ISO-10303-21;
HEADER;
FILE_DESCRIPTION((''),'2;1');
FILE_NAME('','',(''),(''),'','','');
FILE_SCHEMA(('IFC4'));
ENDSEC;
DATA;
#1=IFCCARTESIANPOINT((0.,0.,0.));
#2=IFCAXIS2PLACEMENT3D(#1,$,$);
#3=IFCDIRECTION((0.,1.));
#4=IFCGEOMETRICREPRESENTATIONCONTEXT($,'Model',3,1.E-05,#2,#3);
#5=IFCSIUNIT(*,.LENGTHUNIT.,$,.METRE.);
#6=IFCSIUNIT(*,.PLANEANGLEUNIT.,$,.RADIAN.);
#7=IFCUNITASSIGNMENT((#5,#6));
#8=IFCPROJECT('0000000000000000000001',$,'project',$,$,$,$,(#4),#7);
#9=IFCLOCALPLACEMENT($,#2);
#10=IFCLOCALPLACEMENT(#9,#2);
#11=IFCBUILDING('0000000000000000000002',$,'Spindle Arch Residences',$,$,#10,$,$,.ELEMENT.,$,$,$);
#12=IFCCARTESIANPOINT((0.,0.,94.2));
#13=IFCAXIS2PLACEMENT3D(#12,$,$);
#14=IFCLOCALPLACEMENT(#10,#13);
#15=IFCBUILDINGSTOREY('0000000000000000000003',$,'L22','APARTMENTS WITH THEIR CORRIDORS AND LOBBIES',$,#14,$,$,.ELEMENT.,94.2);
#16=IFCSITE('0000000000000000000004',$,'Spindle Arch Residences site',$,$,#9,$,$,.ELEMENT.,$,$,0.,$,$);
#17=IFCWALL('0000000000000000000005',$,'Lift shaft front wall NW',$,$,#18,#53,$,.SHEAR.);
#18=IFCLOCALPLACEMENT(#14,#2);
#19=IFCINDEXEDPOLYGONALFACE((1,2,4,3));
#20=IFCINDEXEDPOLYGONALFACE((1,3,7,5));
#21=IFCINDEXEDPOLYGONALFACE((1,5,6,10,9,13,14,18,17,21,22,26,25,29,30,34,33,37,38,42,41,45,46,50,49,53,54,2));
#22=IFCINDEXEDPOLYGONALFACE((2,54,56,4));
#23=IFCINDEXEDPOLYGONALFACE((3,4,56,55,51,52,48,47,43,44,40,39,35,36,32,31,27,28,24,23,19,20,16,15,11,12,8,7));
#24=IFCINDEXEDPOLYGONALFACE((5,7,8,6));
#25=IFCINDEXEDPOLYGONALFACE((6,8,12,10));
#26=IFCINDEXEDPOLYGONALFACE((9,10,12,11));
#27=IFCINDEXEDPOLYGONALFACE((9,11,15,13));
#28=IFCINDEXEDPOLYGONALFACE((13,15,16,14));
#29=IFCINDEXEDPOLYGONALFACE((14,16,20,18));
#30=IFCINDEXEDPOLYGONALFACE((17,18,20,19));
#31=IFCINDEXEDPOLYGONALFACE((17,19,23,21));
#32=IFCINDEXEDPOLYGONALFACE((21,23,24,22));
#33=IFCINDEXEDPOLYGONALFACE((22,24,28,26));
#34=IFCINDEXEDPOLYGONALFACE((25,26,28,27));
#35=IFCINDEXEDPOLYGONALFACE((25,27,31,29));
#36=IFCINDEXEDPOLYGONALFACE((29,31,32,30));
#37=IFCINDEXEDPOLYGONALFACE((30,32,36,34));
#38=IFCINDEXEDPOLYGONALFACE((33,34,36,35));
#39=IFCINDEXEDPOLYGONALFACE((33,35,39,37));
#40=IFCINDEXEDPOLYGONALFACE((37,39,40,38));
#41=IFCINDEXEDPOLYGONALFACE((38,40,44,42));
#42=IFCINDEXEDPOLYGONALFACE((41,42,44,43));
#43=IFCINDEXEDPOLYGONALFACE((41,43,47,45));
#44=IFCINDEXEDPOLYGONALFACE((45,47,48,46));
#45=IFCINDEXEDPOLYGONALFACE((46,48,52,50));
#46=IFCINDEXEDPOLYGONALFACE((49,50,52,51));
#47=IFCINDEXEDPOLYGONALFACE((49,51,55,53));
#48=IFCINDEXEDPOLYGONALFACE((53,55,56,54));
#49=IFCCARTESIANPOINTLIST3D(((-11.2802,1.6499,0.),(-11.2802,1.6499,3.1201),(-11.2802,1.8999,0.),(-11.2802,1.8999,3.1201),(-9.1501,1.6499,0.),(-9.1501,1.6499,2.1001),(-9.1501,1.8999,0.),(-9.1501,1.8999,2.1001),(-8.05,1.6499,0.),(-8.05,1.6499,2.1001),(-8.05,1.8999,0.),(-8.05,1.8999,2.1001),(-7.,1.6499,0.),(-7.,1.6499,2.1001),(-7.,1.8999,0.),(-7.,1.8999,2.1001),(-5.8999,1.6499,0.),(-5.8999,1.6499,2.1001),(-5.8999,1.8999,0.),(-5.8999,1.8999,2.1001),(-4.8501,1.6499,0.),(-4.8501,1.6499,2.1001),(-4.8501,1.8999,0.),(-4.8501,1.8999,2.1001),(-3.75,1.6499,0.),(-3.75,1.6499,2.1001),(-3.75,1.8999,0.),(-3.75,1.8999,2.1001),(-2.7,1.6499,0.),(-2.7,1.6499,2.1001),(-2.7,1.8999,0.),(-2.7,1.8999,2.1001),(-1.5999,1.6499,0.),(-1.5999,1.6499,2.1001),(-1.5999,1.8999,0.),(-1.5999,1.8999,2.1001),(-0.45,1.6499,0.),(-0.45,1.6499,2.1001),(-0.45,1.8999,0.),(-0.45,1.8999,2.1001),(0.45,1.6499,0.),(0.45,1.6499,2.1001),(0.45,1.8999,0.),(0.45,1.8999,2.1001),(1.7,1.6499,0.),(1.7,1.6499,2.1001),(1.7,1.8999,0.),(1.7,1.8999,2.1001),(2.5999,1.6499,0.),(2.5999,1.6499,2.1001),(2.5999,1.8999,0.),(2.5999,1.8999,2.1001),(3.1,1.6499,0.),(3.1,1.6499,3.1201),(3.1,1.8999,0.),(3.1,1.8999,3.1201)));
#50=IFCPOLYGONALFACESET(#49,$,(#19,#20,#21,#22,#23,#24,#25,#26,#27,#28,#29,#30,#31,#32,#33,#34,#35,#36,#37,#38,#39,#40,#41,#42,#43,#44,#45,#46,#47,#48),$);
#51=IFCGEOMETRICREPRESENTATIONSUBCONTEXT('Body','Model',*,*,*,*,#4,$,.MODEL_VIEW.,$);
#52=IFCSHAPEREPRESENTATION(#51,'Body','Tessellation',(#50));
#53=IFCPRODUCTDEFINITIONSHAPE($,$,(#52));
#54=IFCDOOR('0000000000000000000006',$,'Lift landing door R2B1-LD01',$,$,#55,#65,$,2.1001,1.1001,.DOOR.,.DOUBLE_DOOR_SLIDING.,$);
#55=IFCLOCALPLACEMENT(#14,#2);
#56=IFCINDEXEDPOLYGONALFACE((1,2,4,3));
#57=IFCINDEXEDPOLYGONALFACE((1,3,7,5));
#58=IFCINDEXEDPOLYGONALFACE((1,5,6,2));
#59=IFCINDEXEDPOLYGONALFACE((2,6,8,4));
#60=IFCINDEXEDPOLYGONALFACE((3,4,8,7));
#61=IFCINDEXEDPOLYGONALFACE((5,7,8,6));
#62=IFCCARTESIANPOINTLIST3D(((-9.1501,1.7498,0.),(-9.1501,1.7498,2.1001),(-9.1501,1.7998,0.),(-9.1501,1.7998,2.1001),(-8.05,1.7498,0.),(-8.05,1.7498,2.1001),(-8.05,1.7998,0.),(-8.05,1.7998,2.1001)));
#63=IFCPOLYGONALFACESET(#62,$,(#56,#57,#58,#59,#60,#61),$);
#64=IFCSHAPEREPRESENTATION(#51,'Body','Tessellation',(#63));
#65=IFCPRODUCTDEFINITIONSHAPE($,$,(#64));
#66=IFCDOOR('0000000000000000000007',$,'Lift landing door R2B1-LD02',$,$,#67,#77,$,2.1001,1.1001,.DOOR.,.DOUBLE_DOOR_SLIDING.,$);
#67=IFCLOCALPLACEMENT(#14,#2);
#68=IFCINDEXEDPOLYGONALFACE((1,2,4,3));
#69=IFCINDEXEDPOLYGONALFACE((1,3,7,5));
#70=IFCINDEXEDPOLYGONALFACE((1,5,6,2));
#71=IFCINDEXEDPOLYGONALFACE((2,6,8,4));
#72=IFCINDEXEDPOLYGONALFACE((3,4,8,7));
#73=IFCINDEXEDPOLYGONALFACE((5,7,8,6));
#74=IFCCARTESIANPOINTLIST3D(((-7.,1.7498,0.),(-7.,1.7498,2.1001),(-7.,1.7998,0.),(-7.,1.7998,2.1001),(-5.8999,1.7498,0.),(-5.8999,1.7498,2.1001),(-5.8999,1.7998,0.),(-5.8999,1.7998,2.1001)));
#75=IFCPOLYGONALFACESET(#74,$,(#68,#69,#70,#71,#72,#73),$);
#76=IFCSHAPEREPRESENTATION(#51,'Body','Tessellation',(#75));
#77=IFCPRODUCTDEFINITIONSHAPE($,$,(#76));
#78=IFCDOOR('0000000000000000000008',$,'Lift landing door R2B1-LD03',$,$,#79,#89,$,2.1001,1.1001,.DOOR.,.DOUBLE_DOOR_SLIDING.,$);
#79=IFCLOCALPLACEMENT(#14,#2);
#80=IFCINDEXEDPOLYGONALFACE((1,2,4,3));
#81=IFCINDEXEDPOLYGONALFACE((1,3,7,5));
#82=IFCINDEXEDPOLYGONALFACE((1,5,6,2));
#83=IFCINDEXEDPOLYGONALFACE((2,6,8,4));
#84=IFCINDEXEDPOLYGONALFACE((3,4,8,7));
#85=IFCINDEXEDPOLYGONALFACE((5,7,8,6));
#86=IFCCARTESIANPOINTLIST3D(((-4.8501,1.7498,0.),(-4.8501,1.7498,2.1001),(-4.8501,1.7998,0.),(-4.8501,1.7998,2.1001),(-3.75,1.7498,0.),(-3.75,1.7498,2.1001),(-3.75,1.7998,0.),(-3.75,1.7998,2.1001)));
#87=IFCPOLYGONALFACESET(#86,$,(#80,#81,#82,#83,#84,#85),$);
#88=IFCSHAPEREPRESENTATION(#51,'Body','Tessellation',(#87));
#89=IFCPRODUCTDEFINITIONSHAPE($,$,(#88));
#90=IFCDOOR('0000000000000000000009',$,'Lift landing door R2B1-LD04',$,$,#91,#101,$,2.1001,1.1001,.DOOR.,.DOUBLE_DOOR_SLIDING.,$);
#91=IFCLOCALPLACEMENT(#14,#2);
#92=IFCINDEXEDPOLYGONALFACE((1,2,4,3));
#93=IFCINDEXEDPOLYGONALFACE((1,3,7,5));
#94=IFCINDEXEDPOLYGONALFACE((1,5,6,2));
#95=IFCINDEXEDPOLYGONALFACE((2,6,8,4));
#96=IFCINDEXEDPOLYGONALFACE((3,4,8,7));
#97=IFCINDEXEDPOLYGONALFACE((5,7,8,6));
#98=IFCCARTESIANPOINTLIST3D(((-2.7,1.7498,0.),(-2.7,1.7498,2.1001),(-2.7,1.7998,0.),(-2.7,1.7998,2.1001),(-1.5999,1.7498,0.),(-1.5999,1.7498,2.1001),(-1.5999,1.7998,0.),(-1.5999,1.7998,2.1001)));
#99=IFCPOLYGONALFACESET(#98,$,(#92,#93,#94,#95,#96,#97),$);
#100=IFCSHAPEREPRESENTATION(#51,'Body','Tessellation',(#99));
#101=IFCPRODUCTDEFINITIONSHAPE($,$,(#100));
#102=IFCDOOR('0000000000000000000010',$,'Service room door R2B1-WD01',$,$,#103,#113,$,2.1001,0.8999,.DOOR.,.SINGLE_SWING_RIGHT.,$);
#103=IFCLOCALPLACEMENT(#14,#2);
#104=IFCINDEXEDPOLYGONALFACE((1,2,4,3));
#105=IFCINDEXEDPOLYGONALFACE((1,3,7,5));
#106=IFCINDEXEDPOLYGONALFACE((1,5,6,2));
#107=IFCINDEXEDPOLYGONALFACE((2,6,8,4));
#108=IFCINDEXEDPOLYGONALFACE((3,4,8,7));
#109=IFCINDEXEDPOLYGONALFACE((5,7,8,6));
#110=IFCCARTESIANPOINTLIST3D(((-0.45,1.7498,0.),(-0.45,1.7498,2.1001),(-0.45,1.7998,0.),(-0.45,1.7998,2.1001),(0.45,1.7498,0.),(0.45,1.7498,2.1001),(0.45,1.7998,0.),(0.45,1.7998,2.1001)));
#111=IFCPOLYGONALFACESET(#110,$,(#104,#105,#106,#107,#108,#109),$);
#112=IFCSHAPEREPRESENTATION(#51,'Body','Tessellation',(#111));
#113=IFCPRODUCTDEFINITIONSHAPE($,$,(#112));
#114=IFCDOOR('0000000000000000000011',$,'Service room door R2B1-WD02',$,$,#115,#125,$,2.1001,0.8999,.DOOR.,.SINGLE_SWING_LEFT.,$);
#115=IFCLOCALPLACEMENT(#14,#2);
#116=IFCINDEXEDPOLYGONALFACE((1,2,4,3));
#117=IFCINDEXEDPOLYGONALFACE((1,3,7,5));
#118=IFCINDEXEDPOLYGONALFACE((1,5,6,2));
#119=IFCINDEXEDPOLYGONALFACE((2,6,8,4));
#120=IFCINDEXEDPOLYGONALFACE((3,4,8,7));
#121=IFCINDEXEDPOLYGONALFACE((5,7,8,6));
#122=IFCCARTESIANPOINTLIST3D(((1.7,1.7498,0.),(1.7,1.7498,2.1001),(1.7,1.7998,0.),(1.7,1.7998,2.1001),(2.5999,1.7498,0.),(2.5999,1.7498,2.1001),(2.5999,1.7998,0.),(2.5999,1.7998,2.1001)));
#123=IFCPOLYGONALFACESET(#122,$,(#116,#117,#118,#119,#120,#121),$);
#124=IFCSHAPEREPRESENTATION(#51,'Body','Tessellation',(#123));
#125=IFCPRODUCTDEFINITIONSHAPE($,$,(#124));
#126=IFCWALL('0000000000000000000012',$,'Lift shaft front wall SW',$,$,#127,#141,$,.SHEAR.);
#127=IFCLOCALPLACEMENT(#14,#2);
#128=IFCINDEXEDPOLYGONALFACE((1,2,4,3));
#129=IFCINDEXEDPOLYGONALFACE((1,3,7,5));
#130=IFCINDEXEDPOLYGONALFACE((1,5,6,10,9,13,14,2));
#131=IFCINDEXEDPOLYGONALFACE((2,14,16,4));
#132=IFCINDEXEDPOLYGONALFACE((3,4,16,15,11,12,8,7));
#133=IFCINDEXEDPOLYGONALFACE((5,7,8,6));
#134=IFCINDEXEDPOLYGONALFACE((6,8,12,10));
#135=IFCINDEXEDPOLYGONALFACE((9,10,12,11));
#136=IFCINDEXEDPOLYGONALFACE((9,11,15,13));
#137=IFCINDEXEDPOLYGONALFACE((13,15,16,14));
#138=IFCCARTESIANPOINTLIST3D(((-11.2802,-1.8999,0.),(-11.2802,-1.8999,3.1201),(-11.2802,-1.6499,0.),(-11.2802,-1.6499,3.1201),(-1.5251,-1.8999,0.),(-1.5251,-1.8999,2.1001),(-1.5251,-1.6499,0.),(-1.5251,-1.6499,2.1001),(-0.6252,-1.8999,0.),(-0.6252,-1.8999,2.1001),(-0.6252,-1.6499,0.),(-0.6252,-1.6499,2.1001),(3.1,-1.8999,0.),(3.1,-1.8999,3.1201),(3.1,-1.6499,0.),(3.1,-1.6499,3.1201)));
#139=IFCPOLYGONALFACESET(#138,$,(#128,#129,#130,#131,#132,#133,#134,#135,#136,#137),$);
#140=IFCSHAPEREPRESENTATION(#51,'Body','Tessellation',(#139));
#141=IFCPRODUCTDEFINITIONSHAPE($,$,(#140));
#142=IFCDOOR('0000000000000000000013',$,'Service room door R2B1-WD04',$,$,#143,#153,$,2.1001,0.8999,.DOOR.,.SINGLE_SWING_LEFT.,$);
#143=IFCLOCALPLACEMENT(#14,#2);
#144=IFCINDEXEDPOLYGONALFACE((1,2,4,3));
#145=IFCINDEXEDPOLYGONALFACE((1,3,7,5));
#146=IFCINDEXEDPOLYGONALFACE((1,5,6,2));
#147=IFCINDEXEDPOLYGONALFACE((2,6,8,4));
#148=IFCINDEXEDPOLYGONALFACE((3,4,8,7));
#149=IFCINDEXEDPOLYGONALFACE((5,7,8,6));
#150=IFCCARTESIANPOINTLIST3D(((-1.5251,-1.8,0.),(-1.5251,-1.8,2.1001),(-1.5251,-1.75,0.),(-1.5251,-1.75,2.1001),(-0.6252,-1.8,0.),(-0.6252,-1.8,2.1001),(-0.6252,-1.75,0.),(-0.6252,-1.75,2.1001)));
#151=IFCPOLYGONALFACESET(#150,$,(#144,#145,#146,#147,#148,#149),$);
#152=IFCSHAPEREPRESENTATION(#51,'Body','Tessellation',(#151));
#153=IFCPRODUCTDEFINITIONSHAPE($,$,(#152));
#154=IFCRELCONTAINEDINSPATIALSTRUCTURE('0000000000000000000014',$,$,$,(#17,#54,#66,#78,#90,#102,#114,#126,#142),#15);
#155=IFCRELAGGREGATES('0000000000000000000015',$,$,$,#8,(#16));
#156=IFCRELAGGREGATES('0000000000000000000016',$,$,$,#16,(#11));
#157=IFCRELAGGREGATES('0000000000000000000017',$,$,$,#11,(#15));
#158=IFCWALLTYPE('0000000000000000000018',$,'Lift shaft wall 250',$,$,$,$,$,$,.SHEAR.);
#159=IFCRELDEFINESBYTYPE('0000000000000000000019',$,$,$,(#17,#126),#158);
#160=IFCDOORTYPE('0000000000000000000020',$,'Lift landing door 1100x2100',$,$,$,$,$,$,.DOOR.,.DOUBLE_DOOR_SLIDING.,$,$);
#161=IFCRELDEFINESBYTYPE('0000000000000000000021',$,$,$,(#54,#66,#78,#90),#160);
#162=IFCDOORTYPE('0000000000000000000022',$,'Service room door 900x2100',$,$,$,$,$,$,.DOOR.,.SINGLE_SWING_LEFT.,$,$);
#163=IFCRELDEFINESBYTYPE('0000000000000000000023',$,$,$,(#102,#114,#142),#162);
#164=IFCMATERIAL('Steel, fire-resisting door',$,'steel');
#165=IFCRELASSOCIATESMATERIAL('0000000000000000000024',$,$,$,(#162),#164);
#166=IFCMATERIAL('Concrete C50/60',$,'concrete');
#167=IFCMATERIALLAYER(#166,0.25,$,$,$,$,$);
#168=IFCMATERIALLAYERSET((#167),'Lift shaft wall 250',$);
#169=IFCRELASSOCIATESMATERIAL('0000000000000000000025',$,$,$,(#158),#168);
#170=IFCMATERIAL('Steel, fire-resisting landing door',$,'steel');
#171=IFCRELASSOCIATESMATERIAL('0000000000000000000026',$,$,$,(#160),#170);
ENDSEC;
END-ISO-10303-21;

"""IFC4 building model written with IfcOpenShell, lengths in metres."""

from ifc_helpers import new_model, si_unit, direction, frame, frame_2d, origin, place, context, subcontext, project, spatial, rectangle, extrude, material, layer, layer_set, type_object, element, fill, save


model = new_model("IFC4")

# Units and contexts
model_context = context("Model", 3, precision=1e-05, world=origin(), true_north=direction((0.0, 1.0)))
body_context = subcontext(model_context, "Body", "Model", "MODEL_VIEW")
ifc_project = project(units=[si_unit("LENGTHUNIT", "METRE"), si_unit("PLANEANGLEUNIT", "RADIAN")], contexts=[model_context])

# Site, building, storey
site_placement = place(None, origin())
site = spatial("IfcSite", under=ifc_project, at=site_placement, Name="Spindle Arch Residences site", CompositionType="ELEMENT", RefElevation=0.0)
building_placement = place(site_placement, origin())
building = spatial("IfcBuilding", under=site, at=building_placement, Name="Spindle Arch Residences", CompositionType="ELEMENT")
storey_placement = place(building_placement, frame((0.0, 0.0, 94.2)))
storey = spatial("IfcBuildingStorey", under=building, at=storey_placement, Name="L22", Description="APARTMENTS WITH THEIR CORRIDORS AND LOBBIES", CompositionType="ELEMENT", Elevation=94.2)

# Shared definitions
ifc_material_1 = material(Name="Steel, fire-resisting door", Category="steel")
door_type_1 = type_object("IfcDoorType", Name="Service room door 900x2100", OperationType="SINGLE_SWING_LEFT", PredefinedType="DOOR", material=ifc_material_1)

# Wall, openings, doors
ifc_material_2 = material(Name="Concrete C50/60", Category="concrete")
ifc_layer_1 = layer(ifc_material_2, 0.25)
ifc_layer_set_1 = layer_set([ifc_layer_1], Name="Lift shaft wall 250")
wall_type_1 = type_object("IfcWallType", Name="Lift shaft wall 250", PredefinedType="SHEAR", material=ifc_layer_set_1)
wall_1_placement = place(storey_placement, frame((-11.28, 1.7749, 0.0), z_axis=(0.0, 0.0, 1.0), x_axis=(1.0, 0.0, 0.0)))
wall_1 = element("IfcWall", 1, at=wall_1_placement, inside=storey, type_object=wall_type_1, Name="Lift shaft front wall NW", PredefinedType="SHEAR", context=body_context, shape_type="SweptSolid", body=[
    extrude(rectangle(XDim=14.3801, YDim=0.25, at=frame_2d((7.1899, 0.0))), origin(), (0.0, 0.0, 1.0), 3.1201),
])
opening_1_placement = place(wall_1_placement, frame((2.1299, 0.0, 0.0)))
opening_1 = element("IfcOpeningElement", 2, at=opening_1_placement, cuts=wall_1, PredefinedType="OPENING", context=body_context, shape_type="SweptSolid", body=[
    extrude(rectangle(XDim=1.1001, YDim=2.1001, at=frame_2d((0.55, 1.05))), frame((0.0, 0.135, 0.0), z_axis=(0.0, -1.0, 0.0), x_axis=(1.0, 0.0, 0.0)), (0.0, 0.0, 1.0), 0.27),
])
opening_2_placement = place(wall_1_placement, frame((4.28, 0.0, 0.0)))
opening_2 = element("IfcOpeningElement", 3, at=opening_2_placement, cuts=wall_1, PredefinedType="OPENING", context=body_context, shape_type="SweptSolid", body=[
    extrude(rectangle(XDim=1.1001, YDim=2.1001, at=frame_2d((0.55, 1.05))), frame((0.0, 0.135, 0.0), z_axis=(0.0, -1.0, 0.0), x_axis=(1.0, 0.0, 0.0)), (0.0, 0.0, 1.0), 0.27),
])
opening_3_placement = place(wall_1_placement, frame((6.4299, 0.0, 0.0)))
opening_3 = element("IfcOpeningElement", 4, at=opening_3_placement, cuts=wall_1, PredefinedType="OPENING", context=body_context, shape_type="SweptSolid", body=[
    extrude(rectangle(XDim=1.1001, YDim=2.1001, at=frame_2d((0.55, 1.05))), frame((0.0, 0.135, 0.0), z_axis=(0.0, -1.0, 0.0), x_axis=(1.0, 0.0, 0.0)), (0.0, 0.0, 1.0), 0.27),
])
opening_4_placement = place(wall_1_placement, frame((8.5801, 0.0, 0.0)))
opening_4 = element("IfcOpeningElement", 5, at=opening_4_placement, cuts=wall_1, PredefinedType="OPENING", context=body_context, shape_type="SweptSolid", body=[
    extrude(rectangle(XDim=1.1001, YDim=2.1001, at=frame_2d((0.55, 1.05))), frame((0.0, 0.135, 0.0), z_axis=(0.0, -1.0, 0.0), x_axis=(1.0, 0.0, 0.0)), (0.0, 0.0, 1.0), 0.27),
])
opening_5_placement = place(wall_1_placement, frame((10.8301, 0.0, 0.0)))
opening_5 = element("IfcOpeningElement", 6, at=opening_5_placement, cuts=wall_1, PredefinedType="OPENING", context=body_context, shape_type="SweptSolid", body=[
    extrude(rectangle(XDim=0.8999, YDim=2.1001, at=frame_2d((0.45, 1.05))), frame((0.0, 0.135, 0.0), z_axis=(0.0, -1.0, 0.0), x_axis=(1.0, 0.0, 0.0)), (0.0, 0.0, 1.0), 0.27),
])
opening_6_placement = place(wall_1_placement, frame((12.98, 0.0, 0.0)))
opening_6 = element("IfcOpeningElement", 7, at=opening_6_placement, cuts=wall_1, PredefinedType="OPENING", context=body_context, shape_type="SweptSolid", body=[
    extrude(rectangle(XDim=0.8999, YDim=2.1001, at=frame_2d((0.45, 1.05))), frame((0.0, 0.135, 0.0), z_axis=(0.0, -1.0, 0.0), x_axis=(1.0, 0.0, 0.0)), (0.0, 0.0, 1.0), 0.27),
])
ifc_material_3 = material(Name="Steel, fire-resisting landing door", Category="steel")
door_type_2 = type_object("IfcDoorType", Name="Lift landing door 1100x2100", OperationType="DOUBLE_DOOR_SLIDING", PredefinedType="DOOR", material=ifc_material_3)
door_1_placement = place(opening_1_placement, origin())
door_1 = element("IfcDoor", 8, at=door_1_placement, inside=storey, type_object=door_type_2, Name="Lift landing door R2B1-LD01", OperationType="DOUBLE_DOOR_SLIDING", OverallHeight=2.1001, OverallWidth=1.1001, PredefinedType="DOOR", context=body_context, shape_type="SweptSolid", body=[
    extrude(rectangle(XDim=1.1001, YDim=2.1001, at=frame_2d((0.55, 1.05))), frame((0.0, 0.0249, 0.0), z_axis=(0.0, -1.0, 0.0), x_axis=(1.0, 0.0, 0.0)), (0.0, 0.0, 1.0), 0.05),
])
fill(opening_1, door_1)
door_2_placement = place(opening_2_placement, origin())
door_2 = element("IfcDoor", 9, at=door_2_placement, inside=storey, type_object=door_type_2, Name="Lift landing door R2B1-LD02", OperationType="DOUBLE_DOOR_SLIDING", OverallHeight=2.1001, OverallWidth=1.1001, PredefinedType="DOOR", context=body_context, shape_type="SweptSolid", body=[
    extrude(rectangle(XDim=1.1001, YDim=2.1001, at=frame_2d((0.55, 1.05))), frame((0.0, 0.0249, 0.0), z_axis=(0.0, -1.0, 0.0), x_axis=(1.0, 0.0, 0.0)), (0.0, 0.0, 1.0), 0.05),
])
fill(opening_2, door_2)
door_3_placement = place(opening_3_placement, origin())
door_3 = element("IfcDoor", 10, at=door_3_placement, inside=storey, type_object=door_type_2, Name="Lift landing door R2B1-LD03", OperationType="DOUBLE_DOOR_SLIDING", OverallHeight=2.1001, OverallWidth=1.1001, PredefinedType="DOOR", context=body_context, shape_type="SweptSolid", body=[
    extrude(rectangle(XDim=1.1001, YDim=2.1001, at=frame_2d((0.55, 1.05))), frame((0.0, 0.0249, 0.0), z_axis=(0.0, -1.0, 0.0), x_axis=(1.0, 0.0, 0.0)), (0.0, 0.0, 1.0), 0.05),
])
fill(opening_3, door_3)
door_4_placement = place(opening_4_placement, origin())
door_4 = element("IfcDoor", 11, at=door_4_placement, inside=storey, type_object=door_type_2, Name="Lift landing door R2B1-LD04", OperationType="DOUBLE_DOOR_SLIDING", OverallHeight=2.1001, OverallWidth=1.1001, PredefinedType="DOOR", context=body_context, shape_type="SweptSolid", body=[
    extrude(rectangle(XDim=1.1001, YDim=2.1001, at=frame_2d((0.55, 1.05))), frame((0.0, 0.0249, 0.0), z_axis=(0.0, -1.0, 0.0), x_axis=(1.0, 0.0, 0.0)), (0.0, 0.0, 1.0), 0.05),
])
fill(opening_4, door_4)
door_5_placement = place(opening_5_placement, origin())
door_5 = element("IfcDoor", 12, at=door_5_placement, inside=storey, type_object=door_type_1, Name="Service room door R2B1-WD01", OperationType="SINGLE_SWING_RIGHT", OverallHeight=2.1001, OverallWidth=0.8999, PredefinedType="DOOR", context=body_context, shape_type="SweptSolid", body=[
    extrude(rectangle(XDim=0.8999, YDim=2.1001, at=frame_2d((0.45, 1.05))), frame((0.0, 0.0249, 0.0), z_axis=(0.0, -1.0, 0.0), x_axis=(1.0, 0.0, 0.0)), (0.0, 0.0, 1.0), 0.05),
])
fill(opening_5, door_5)
door_6_placement = place(opening_6_placement, origin())
door_6 = element("IfcDoor", 13, at=door_6_placement, inside=storey, type_object=door_type_1, Name="Service room door R2B1-WD02", OperationType="SINGLE_SWING_LEFT", OverallHeight=2.1001, OverallWidth=0.8999, PredefinedType="DOOR", context=body_context, shape_type="SweptSolid", body=[
    extrude(rectangle(XDim=0.8999, YDim=2.1001, at=frame_2d((0.45, 1.05))), frame((0.0, 0.0249, 0.0), z_axis=(0.0, -1.0, 0.0), x_axis=(1.0, 0.0, 0.0)), (0.0, 0.0, 1.0), 0.05),
])
fill(opening_6, door_6)

# Wall, opening, door
wall_2_placement = place(storey_placement, frame((-11.28, -1.7749, 0.0), z_axis=(0.0, 0.0, 1.0), x_axis=(1.0, 0.0, 0.0)))
wall_2 = element("IfcWall", 14, at=wall_2_placement, inside=storey, type_object=wall_type_1, Name="Lift shaft front wall SW", PredefinedType="SHEAR", context=body_context, shape_type="SweptSolid", body=[
    extrude(rectangle(XDim=14.3801, YDim=0.25, at=frame_2d((7.1899, 0.0))), origin(), (0.0, 0.0, 1.0), 3.1201),
])
opening_7_placement = place(wall_2_placement, frame((9.7549, 0.0, 0.0)))
opening_7 = element("IfcOpeningElement", 15, at=opening_7_placement, cuts=wall_2, PredefinedType="OPENING", context=body_context, shape_type="SweptSolid", body=[
    extrude(rectangle(XDim=0.8999, YDim=2.1001, at=frame_2d((0.45, 1.05))), frame((0.0, 0.135, 0.0), z_axis=(0.0, -1.0, 0.0), x_axis=(1.0, 0.0, 0.0)), (0.0, 0.0, 1.0), 0.27),
])
door_7_placement = place(opening_7_placement, origin())
door_7 = element("IfcDoor", 16, at=door_7_placement, inside=storey, type_object=door_type_1, Name="Service room door R2B1-WD04", OperationType="SINGLE_SWING_LEFT", OverallHeight=2.1001, OverallWidth=0.8999, PredefinedType="DOOR", context=body_context, shape_type="SweptSolid", body=[
    extrude(rectangle(XDim=0.8999, YDim=2.1001, at=frame_2d((0.45, 1.05))), frame((0.0, 0.0249, 0.0), z_axis=(0.0, -1.0, 0.0), x_axis=(1.0, 0.0, 0.0)), (0.0, 0.0, 1.0), 0.05),
])
fill(opening_7, door_7)

save(model, "model.ifc")
